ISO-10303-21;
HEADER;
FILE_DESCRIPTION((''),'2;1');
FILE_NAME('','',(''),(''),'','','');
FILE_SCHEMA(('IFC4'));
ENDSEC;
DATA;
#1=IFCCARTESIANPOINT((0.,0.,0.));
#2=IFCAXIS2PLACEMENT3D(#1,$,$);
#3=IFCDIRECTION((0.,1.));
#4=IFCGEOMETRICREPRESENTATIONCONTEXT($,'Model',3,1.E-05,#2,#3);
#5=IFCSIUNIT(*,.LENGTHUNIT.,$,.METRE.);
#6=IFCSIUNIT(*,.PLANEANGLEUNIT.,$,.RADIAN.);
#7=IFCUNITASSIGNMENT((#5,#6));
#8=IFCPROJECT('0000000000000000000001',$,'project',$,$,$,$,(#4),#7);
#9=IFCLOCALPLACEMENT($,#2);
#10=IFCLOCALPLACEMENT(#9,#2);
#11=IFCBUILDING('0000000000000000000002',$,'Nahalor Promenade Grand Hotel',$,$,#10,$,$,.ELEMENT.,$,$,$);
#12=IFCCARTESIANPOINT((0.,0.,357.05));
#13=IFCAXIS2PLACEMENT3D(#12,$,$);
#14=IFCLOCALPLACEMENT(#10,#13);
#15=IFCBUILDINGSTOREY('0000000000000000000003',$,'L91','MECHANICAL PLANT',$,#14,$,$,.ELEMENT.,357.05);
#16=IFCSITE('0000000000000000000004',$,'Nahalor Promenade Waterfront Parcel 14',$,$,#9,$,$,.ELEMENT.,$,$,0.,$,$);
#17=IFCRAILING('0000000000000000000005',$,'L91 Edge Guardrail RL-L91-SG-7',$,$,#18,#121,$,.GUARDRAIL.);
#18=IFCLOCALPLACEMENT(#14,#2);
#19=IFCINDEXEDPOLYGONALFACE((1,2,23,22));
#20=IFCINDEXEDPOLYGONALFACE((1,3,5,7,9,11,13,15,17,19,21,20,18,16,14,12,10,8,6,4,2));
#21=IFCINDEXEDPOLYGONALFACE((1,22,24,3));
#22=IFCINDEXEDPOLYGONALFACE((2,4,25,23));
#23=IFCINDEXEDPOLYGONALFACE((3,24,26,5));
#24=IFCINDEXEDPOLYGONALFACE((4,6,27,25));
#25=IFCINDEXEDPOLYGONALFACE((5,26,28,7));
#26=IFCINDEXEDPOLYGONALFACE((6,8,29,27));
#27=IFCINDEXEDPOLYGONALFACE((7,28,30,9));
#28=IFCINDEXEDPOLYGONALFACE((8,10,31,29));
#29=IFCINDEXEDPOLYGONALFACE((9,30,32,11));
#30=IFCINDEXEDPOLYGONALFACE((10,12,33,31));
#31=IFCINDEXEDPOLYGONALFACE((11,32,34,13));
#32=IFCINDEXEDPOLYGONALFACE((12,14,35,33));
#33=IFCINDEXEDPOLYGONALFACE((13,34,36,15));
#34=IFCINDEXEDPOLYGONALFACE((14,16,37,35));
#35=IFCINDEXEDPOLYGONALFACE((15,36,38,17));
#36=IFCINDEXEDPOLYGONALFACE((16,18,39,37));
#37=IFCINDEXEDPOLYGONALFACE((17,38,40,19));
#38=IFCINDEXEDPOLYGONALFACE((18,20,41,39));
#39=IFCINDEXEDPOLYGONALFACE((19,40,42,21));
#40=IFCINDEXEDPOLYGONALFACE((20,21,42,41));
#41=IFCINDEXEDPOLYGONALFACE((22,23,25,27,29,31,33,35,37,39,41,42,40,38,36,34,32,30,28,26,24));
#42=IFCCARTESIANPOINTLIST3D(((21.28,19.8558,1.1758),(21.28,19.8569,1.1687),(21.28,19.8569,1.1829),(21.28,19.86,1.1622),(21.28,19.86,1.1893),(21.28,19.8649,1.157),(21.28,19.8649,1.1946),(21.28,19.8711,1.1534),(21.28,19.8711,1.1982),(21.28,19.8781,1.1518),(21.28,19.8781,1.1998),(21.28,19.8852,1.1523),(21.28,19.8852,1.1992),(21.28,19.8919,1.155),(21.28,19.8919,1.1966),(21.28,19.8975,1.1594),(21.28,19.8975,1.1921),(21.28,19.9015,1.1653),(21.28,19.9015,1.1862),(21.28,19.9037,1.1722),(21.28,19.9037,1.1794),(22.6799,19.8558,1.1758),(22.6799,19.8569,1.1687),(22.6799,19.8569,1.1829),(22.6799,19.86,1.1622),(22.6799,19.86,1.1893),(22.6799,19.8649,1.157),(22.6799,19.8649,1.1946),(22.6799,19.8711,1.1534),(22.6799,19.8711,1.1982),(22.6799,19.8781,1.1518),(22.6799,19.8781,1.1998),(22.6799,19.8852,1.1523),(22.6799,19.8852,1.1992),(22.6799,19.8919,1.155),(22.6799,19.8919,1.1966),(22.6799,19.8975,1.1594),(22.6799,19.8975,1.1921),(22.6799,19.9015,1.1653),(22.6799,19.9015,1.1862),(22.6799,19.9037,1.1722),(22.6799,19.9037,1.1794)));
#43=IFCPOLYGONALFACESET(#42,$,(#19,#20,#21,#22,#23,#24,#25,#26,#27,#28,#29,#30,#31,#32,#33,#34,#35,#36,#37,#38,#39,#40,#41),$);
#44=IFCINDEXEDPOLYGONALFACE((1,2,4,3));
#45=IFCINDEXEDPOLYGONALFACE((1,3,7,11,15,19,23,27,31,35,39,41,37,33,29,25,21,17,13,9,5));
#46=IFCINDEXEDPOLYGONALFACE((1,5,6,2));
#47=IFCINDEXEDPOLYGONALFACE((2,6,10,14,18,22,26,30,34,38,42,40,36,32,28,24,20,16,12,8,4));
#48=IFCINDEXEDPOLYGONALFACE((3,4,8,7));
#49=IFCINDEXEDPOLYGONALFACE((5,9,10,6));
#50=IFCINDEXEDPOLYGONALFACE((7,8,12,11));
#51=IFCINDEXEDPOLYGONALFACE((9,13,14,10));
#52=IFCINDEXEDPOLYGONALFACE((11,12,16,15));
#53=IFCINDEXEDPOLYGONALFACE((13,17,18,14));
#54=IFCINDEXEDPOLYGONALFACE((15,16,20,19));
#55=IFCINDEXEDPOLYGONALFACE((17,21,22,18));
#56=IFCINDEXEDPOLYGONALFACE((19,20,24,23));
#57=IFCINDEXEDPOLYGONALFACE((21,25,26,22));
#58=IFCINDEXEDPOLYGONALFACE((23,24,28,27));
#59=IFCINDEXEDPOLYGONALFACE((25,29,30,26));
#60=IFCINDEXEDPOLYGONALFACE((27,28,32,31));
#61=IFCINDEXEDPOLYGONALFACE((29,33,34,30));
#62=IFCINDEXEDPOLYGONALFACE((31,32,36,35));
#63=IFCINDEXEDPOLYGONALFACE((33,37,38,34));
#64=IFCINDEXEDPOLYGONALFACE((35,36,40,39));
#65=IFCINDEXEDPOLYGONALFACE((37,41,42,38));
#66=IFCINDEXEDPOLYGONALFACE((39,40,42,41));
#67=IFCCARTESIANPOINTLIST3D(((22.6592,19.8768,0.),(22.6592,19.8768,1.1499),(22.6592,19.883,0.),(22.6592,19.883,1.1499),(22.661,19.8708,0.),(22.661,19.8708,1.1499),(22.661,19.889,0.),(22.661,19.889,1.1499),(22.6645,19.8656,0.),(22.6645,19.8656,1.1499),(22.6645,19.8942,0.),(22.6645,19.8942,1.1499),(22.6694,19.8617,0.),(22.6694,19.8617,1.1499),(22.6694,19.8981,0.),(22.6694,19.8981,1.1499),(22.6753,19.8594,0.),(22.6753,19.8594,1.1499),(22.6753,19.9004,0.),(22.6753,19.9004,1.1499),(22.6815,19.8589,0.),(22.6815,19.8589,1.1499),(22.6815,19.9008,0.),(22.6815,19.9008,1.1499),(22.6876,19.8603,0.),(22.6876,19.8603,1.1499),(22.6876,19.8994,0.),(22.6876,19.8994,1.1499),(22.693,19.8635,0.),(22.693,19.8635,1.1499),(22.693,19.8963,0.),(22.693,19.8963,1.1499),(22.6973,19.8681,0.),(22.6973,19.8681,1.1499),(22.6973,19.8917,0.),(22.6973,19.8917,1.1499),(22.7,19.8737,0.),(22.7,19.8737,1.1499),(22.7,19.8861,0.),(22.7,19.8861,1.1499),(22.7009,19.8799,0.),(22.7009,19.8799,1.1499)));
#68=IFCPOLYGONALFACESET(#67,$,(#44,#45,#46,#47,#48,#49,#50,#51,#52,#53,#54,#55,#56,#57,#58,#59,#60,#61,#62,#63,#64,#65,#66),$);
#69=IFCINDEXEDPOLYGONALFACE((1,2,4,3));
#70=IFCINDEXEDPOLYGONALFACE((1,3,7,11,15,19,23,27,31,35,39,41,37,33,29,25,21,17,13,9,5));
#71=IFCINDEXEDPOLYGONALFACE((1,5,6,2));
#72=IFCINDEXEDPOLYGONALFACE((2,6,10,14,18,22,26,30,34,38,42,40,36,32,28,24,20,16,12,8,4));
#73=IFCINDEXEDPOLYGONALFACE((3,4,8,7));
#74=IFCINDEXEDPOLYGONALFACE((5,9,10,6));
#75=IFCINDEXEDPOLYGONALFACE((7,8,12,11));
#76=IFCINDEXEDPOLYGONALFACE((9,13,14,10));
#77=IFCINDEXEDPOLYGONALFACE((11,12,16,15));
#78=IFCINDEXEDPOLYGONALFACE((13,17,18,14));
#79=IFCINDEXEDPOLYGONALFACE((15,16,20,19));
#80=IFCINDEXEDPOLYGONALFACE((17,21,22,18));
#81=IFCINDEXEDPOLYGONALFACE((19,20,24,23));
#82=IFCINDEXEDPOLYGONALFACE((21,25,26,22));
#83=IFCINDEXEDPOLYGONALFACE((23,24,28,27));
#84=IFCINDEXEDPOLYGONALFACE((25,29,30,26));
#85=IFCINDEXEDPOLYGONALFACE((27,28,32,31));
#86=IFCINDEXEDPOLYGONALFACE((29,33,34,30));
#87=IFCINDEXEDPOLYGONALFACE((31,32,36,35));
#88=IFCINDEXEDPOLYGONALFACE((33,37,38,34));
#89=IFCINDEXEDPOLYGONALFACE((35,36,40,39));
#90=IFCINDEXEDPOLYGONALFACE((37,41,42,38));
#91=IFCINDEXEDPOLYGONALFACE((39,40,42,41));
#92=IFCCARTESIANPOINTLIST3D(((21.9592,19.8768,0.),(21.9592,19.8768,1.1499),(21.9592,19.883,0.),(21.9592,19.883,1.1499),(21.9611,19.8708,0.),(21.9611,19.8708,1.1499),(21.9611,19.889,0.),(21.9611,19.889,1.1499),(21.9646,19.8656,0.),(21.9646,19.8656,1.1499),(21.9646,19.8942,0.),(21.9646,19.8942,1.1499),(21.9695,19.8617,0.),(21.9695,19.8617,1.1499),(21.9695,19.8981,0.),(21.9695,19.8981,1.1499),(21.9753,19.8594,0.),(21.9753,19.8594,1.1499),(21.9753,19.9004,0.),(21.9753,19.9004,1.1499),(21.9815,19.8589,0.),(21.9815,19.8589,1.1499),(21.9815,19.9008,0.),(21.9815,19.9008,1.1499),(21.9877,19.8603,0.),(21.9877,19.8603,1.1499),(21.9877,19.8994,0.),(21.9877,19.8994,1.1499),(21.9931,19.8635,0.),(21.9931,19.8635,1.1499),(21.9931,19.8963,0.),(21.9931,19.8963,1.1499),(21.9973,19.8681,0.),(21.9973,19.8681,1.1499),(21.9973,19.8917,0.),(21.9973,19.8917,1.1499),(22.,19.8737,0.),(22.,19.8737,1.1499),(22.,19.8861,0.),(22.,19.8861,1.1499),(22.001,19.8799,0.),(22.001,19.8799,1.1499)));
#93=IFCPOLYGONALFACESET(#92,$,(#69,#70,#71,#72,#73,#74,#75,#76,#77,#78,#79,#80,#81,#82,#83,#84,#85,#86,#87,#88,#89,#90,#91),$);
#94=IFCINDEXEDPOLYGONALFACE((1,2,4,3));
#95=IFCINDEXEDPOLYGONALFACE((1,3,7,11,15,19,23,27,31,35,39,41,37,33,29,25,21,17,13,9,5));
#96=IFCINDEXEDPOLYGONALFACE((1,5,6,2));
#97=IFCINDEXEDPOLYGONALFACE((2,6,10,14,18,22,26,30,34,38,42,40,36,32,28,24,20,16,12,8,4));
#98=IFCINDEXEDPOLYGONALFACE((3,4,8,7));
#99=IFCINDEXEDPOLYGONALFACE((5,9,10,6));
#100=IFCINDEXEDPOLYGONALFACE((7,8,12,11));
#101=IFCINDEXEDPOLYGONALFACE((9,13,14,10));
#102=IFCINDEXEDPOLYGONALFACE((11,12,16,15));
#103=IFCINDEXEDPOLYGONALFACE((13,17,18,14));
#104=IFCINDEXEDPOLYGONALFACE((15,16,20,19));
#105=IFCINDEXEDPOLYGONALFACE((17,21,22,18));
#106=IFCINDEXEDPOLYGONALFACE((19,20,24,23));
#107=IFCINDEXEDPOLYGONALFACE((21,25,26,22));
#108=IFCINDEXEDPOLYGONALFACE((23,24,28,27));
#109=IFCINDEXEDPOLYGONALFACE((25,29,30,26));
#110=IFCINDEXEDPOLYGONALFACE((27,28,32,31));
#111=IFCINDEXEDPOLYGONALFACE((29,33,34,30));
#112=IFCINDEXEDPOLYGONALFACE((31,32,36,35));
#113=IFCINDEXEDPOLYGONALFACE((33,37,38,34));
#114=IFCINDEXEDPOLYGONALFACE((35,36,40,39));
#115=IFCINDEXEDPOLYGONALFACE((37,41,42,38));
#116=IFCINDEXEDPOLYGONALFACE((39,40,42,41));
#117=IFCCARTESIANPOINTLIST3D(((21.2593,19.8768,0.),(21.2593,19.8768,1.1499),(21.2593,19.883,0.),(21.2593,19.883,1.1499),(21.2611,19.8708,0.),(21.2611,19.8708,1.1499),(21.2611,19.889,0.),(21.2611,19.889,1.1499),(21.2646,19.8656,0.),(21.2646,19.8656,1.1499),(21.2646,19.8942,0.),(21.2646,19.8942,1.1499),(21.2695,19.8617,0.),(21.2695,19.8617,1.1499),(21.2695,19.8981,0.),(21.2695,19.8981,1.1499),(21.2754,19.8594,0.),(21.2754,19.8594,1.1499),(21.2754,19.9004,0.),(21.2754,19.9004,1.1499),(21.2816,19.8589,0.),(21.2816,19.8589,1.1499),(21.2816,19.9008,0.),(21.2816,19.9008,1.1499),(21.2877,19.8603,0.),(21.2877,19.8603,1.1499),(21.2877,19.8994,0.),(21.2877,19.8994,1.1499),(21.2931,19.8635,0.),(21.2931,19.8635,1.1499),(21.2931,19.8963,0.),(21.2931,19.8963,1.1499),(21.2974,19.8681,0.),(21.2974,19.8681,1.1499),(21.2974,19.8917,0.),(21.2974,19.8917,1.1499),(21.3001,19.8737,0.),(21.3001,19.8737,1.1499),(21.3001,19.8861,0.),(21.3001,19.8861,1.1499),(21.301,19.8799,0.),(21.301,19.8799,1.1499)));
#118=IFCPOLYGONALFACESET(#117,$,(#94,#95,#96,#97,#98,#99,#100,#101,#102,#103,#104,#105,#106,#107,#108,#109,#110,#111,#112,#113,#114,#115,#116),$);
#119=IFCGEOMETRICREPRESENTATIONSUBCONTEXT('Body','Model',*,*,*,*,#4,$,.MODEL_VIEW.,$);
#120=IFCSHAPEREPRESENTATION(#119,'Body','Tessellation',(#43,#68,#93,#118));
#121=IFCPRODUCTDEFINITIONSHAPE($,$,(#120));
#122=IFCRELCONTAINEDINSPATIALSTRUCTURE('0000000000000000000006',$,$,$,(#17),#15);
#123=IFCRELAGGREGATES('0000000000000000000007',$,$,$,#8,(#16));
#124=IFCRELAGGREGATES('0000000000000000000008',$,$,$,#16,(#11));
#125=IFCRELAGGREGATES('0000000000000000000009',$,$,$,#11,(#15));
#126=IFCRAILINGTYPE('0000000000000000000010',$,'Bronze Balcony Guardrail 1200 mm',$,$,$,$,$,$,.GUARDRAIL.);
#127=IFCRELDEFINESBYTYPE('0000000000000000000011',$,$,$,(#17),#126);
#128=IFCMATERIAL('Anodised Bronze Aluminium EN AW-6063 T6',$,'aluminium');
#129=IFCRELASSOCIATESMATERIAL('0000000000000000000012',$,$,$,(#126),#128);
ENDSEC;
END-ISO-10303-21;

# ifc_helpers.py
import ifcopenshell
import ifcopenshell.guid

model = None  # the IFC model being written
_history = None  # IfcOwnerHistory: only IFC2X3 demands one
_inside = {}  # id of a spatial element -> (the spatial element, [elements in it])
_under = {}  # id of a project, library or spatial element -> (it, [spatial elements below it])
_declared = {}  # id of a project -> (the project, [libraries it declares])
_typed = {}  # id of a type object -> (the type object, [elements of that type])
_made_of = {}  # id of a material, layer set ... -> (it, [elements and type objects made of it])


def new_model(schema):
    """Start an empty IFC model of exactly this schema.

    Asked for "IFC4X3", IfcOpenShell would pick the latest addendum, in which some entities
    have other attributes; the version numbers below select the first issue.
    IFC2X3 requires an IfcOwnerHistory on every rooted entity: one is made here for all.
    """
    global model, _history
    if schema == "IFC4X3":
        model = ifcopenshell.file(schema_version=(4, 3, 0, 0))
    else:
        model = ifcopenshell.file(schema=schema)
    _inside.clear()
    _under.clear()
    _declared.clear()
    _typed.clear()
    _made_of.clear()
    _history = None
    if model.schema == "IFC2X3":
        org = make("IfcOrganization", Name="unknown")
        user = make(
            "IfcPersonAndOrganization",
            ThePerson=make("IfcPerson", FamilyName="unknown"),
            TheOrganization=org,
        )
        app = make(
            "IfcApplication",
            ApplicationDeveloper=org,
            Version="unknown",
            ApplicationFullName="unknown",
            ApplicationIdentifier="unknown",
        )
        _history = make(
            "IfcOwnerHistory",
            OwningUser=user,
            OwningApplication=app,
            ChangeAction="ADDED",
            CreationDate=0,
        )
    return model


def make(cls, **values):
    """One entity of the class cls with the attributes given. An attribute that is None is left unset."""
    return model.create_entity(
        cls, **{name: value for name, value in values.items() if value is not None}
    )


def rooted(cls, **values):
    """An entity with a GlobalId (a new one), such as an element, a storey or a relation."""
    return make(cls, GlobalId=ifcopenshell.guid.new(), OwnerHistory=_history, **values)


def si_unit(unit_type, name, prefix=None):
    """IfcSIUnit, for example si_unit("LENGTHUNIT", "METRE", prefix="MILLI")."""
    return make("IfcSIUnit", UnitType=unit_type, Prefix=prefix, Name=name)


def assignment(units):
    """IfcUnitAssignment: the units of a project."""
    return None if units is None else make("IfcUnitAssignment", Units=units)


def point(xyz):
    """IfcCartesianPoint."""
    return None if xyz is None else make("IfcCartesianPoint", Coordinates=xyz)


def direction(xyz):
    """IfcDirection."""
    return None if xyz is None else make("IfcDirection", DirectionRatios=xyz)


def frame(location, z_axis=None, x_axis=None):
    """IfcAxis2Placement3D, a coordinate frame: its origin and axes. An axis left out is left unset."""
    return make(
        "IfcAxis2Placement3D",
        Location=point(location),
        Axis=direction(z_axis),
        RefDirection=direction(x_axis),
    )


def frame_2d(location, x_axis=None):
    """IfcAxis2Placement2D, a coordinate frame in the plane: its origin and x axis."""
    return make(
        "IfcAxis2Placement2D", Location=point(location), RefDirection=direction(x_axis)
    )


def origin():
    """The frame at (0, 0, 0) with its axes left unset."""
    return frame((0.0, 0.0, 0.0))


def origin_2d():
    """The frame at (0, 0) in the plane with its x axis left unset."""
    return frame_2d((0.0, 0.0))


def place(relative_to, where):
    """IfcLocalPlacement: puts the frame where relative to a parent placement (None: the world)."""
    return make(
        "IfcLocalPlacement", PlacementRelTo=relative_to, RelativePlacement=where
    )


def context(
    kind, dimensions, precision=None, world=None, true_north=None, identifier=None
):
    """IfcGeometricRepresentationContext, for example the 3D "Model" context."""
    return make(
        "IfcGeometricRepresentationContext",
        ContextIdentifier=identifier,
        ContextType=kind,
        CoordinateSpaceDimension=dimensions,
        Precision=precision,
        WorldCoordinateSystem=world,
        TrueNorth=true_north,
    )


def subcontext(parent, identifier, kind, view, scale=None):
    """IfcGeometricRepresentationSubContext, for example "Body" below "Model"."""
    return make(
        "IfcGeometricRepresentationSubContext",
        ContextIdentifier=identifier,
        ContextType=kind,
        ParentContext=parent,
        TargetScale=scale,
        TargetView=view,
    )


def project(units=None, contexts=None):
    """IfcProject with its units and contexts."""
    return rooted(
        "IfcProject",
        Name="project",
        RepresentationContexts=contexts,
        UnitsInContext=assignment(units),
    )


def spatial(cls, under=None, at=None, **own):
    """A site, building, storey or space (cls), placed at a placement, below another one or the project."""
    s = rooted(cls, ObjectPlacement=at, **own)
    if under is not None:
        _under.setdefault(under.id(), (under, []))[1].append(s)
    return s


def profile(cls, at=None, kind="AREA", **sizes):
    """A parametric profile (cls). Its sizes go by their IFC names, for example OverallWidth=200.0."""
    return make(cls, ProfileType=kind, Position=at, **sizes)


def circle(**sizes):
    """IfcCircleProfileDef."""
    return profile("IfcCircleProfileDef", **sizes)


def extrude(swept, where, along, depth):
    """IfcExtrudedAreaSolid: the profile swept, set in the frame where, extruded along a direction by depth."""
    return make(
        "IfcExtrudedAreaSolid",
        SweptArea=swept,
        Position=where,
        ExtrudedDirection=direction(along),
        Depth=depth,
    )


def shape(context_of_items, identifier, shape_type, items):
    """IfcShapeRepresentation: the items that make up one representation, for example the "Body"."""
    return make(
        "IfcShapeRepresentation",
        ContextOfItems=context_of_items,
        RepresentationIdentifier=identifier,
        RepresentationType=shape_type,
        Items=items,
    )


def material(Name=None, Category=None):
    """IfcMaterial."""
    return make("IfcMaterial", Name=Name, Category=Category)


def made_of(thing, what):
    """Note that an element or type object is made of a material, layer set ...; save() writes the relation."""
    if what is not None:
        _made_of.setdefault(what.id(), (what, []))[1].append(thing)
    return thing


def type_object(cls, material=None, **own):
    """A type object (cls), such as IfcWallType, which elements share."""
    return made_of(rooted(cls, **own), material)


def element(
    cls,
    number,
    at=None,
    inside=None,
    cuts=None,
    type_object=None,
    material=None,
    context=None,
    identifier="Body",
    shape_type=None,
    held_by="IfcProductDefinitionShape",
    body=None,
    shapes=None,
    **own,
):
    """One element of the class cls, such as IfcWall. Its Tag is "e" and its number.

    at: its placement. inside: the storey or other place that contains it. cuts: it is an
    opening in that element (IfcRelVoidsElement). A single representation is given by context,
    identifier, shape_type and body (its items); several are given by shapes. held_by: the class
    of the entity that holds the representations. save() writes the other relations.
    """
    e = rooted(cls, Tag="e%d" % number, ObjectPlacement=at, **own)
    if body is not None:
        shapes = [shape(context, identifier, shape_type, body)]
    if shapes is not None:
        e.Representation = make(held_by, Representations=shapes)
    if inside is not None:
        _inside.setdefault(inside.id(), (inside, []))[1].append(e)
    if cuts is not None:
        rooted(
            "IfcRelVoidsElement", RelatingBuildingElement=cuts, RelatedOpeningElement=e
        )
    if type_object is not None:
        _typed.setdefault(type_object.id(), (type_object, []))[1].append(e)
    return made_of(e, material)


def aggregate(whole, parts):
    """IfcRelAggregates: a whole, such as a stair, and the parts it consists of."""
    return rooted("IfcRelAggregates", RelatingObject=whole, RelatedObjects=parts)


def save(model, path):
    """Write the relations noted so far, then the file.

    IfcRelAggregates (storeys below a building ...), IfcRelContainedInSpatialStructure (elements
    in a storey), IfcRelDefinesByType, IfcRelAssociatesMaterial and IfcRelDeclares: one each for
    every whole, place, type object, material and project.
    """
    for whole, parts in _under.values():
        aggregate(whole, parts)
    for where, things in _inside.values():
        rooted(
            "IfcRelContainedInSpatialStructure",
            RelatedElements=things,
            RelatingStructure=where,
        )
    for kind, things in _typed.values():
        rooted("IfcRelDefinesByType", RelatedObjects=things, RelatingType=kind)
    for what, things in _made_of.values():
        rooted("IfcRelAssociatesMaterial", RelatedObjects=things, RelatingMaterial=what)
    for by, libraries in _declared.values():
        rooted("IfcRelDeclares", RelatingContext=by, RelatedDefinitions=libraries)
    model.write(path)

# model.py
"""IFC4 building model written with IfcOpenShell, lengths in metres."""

from ifc_helpers import new_model, si_unit, direction, frame, origin, origin_2d, place, context, subcontext, project, spatial, circle, extrude, material, type_object, element, save


model = new_model("IFC4")

# Units and contexts
model_context = context("Model", 3, precision=1e-05, world=origin(), true_north=direction((0.0, 1.0)))
body_context = subcontext(model_context, "Body", "Model", "MODEL_VIEW")
ifc_project = project(units=[si_unit("LENGTHUNIT", "METRE"), si_unit("PLANEANGLEUNIT", "RADIAN")], contexts=[model_context])

# Site, building, storey
site_placement = place(None, origin())
site = spatial("IfcSite", under=ifc_project, at=site_placement, Name="Nahalor Promenade Waterfront Parcel 14", CompositionType="ELEMENT", RefElevation=0.0)
building_placement = place(site_placement, origin())
building = spatial("IfcBuilding", under=site, at=building_placement, Name="Nahalor Promenade Grand Hotel", CompositionType="ELEMENT")
storey_placement = place(building_placement, frame((0.0, 0.0, 357.05)))
storey = spatial("IfcBuildingStorey", under=building, at=storey_placement, Name="L91", Description="MECHANICAL PLANT", CompositionType="ELEMENT", Elevation=357.05)

# Railing
ifc_material_1 = material(Name="Anodised Bronze Aluminium EN AW-6063 T6", Category="aluminium")
railing_type_1 = type_object("IfcRailingType", Name="Bronze Balcony Guardrail 1200 mm", PredefinedType="GUARDRAIL", material=ifc_material_1)
railing_1_placement = place(storey_placement, frame((22.6799, 19.8799, 0.0)))
element("IfcRailing", 1, at=railing_1_placement, inside=storey, type_object=railing_type_1, Name="L91 Edge Guardrail RL-L91-SG-7", PredefinedType="GUARDRAIL", context=body_context, shape_type="SweptSolid", body=[
    extrude(circle(Radius=0.024, at=origin_2d()), frame((0.0, 0.0, 1.1758), z_axis=(-1.0, 0.0, 0.0), x_axis=(0.0, -1.0, 0.0)), (0.0, 0.0, 1.0), 1.3999),
    extrude(circle(Radius=0.021, at=origin_2d()), origin(), (0.0, 0.0, 1.0), 1.1499),
    extrude(circle(Radius=0.021, at=origin_2d()), frame((-0.7, 0.0, 0.0)), (0.0, 0.0, 1.0), 1.1499),
    extrude(circle(Radius=0.021, at=origin_2d()), frame((-1.3999, 0.0, 0.0)), (0.0, 0.0, 1.0), 1.1499),
])

save(model, "model.ifc")
